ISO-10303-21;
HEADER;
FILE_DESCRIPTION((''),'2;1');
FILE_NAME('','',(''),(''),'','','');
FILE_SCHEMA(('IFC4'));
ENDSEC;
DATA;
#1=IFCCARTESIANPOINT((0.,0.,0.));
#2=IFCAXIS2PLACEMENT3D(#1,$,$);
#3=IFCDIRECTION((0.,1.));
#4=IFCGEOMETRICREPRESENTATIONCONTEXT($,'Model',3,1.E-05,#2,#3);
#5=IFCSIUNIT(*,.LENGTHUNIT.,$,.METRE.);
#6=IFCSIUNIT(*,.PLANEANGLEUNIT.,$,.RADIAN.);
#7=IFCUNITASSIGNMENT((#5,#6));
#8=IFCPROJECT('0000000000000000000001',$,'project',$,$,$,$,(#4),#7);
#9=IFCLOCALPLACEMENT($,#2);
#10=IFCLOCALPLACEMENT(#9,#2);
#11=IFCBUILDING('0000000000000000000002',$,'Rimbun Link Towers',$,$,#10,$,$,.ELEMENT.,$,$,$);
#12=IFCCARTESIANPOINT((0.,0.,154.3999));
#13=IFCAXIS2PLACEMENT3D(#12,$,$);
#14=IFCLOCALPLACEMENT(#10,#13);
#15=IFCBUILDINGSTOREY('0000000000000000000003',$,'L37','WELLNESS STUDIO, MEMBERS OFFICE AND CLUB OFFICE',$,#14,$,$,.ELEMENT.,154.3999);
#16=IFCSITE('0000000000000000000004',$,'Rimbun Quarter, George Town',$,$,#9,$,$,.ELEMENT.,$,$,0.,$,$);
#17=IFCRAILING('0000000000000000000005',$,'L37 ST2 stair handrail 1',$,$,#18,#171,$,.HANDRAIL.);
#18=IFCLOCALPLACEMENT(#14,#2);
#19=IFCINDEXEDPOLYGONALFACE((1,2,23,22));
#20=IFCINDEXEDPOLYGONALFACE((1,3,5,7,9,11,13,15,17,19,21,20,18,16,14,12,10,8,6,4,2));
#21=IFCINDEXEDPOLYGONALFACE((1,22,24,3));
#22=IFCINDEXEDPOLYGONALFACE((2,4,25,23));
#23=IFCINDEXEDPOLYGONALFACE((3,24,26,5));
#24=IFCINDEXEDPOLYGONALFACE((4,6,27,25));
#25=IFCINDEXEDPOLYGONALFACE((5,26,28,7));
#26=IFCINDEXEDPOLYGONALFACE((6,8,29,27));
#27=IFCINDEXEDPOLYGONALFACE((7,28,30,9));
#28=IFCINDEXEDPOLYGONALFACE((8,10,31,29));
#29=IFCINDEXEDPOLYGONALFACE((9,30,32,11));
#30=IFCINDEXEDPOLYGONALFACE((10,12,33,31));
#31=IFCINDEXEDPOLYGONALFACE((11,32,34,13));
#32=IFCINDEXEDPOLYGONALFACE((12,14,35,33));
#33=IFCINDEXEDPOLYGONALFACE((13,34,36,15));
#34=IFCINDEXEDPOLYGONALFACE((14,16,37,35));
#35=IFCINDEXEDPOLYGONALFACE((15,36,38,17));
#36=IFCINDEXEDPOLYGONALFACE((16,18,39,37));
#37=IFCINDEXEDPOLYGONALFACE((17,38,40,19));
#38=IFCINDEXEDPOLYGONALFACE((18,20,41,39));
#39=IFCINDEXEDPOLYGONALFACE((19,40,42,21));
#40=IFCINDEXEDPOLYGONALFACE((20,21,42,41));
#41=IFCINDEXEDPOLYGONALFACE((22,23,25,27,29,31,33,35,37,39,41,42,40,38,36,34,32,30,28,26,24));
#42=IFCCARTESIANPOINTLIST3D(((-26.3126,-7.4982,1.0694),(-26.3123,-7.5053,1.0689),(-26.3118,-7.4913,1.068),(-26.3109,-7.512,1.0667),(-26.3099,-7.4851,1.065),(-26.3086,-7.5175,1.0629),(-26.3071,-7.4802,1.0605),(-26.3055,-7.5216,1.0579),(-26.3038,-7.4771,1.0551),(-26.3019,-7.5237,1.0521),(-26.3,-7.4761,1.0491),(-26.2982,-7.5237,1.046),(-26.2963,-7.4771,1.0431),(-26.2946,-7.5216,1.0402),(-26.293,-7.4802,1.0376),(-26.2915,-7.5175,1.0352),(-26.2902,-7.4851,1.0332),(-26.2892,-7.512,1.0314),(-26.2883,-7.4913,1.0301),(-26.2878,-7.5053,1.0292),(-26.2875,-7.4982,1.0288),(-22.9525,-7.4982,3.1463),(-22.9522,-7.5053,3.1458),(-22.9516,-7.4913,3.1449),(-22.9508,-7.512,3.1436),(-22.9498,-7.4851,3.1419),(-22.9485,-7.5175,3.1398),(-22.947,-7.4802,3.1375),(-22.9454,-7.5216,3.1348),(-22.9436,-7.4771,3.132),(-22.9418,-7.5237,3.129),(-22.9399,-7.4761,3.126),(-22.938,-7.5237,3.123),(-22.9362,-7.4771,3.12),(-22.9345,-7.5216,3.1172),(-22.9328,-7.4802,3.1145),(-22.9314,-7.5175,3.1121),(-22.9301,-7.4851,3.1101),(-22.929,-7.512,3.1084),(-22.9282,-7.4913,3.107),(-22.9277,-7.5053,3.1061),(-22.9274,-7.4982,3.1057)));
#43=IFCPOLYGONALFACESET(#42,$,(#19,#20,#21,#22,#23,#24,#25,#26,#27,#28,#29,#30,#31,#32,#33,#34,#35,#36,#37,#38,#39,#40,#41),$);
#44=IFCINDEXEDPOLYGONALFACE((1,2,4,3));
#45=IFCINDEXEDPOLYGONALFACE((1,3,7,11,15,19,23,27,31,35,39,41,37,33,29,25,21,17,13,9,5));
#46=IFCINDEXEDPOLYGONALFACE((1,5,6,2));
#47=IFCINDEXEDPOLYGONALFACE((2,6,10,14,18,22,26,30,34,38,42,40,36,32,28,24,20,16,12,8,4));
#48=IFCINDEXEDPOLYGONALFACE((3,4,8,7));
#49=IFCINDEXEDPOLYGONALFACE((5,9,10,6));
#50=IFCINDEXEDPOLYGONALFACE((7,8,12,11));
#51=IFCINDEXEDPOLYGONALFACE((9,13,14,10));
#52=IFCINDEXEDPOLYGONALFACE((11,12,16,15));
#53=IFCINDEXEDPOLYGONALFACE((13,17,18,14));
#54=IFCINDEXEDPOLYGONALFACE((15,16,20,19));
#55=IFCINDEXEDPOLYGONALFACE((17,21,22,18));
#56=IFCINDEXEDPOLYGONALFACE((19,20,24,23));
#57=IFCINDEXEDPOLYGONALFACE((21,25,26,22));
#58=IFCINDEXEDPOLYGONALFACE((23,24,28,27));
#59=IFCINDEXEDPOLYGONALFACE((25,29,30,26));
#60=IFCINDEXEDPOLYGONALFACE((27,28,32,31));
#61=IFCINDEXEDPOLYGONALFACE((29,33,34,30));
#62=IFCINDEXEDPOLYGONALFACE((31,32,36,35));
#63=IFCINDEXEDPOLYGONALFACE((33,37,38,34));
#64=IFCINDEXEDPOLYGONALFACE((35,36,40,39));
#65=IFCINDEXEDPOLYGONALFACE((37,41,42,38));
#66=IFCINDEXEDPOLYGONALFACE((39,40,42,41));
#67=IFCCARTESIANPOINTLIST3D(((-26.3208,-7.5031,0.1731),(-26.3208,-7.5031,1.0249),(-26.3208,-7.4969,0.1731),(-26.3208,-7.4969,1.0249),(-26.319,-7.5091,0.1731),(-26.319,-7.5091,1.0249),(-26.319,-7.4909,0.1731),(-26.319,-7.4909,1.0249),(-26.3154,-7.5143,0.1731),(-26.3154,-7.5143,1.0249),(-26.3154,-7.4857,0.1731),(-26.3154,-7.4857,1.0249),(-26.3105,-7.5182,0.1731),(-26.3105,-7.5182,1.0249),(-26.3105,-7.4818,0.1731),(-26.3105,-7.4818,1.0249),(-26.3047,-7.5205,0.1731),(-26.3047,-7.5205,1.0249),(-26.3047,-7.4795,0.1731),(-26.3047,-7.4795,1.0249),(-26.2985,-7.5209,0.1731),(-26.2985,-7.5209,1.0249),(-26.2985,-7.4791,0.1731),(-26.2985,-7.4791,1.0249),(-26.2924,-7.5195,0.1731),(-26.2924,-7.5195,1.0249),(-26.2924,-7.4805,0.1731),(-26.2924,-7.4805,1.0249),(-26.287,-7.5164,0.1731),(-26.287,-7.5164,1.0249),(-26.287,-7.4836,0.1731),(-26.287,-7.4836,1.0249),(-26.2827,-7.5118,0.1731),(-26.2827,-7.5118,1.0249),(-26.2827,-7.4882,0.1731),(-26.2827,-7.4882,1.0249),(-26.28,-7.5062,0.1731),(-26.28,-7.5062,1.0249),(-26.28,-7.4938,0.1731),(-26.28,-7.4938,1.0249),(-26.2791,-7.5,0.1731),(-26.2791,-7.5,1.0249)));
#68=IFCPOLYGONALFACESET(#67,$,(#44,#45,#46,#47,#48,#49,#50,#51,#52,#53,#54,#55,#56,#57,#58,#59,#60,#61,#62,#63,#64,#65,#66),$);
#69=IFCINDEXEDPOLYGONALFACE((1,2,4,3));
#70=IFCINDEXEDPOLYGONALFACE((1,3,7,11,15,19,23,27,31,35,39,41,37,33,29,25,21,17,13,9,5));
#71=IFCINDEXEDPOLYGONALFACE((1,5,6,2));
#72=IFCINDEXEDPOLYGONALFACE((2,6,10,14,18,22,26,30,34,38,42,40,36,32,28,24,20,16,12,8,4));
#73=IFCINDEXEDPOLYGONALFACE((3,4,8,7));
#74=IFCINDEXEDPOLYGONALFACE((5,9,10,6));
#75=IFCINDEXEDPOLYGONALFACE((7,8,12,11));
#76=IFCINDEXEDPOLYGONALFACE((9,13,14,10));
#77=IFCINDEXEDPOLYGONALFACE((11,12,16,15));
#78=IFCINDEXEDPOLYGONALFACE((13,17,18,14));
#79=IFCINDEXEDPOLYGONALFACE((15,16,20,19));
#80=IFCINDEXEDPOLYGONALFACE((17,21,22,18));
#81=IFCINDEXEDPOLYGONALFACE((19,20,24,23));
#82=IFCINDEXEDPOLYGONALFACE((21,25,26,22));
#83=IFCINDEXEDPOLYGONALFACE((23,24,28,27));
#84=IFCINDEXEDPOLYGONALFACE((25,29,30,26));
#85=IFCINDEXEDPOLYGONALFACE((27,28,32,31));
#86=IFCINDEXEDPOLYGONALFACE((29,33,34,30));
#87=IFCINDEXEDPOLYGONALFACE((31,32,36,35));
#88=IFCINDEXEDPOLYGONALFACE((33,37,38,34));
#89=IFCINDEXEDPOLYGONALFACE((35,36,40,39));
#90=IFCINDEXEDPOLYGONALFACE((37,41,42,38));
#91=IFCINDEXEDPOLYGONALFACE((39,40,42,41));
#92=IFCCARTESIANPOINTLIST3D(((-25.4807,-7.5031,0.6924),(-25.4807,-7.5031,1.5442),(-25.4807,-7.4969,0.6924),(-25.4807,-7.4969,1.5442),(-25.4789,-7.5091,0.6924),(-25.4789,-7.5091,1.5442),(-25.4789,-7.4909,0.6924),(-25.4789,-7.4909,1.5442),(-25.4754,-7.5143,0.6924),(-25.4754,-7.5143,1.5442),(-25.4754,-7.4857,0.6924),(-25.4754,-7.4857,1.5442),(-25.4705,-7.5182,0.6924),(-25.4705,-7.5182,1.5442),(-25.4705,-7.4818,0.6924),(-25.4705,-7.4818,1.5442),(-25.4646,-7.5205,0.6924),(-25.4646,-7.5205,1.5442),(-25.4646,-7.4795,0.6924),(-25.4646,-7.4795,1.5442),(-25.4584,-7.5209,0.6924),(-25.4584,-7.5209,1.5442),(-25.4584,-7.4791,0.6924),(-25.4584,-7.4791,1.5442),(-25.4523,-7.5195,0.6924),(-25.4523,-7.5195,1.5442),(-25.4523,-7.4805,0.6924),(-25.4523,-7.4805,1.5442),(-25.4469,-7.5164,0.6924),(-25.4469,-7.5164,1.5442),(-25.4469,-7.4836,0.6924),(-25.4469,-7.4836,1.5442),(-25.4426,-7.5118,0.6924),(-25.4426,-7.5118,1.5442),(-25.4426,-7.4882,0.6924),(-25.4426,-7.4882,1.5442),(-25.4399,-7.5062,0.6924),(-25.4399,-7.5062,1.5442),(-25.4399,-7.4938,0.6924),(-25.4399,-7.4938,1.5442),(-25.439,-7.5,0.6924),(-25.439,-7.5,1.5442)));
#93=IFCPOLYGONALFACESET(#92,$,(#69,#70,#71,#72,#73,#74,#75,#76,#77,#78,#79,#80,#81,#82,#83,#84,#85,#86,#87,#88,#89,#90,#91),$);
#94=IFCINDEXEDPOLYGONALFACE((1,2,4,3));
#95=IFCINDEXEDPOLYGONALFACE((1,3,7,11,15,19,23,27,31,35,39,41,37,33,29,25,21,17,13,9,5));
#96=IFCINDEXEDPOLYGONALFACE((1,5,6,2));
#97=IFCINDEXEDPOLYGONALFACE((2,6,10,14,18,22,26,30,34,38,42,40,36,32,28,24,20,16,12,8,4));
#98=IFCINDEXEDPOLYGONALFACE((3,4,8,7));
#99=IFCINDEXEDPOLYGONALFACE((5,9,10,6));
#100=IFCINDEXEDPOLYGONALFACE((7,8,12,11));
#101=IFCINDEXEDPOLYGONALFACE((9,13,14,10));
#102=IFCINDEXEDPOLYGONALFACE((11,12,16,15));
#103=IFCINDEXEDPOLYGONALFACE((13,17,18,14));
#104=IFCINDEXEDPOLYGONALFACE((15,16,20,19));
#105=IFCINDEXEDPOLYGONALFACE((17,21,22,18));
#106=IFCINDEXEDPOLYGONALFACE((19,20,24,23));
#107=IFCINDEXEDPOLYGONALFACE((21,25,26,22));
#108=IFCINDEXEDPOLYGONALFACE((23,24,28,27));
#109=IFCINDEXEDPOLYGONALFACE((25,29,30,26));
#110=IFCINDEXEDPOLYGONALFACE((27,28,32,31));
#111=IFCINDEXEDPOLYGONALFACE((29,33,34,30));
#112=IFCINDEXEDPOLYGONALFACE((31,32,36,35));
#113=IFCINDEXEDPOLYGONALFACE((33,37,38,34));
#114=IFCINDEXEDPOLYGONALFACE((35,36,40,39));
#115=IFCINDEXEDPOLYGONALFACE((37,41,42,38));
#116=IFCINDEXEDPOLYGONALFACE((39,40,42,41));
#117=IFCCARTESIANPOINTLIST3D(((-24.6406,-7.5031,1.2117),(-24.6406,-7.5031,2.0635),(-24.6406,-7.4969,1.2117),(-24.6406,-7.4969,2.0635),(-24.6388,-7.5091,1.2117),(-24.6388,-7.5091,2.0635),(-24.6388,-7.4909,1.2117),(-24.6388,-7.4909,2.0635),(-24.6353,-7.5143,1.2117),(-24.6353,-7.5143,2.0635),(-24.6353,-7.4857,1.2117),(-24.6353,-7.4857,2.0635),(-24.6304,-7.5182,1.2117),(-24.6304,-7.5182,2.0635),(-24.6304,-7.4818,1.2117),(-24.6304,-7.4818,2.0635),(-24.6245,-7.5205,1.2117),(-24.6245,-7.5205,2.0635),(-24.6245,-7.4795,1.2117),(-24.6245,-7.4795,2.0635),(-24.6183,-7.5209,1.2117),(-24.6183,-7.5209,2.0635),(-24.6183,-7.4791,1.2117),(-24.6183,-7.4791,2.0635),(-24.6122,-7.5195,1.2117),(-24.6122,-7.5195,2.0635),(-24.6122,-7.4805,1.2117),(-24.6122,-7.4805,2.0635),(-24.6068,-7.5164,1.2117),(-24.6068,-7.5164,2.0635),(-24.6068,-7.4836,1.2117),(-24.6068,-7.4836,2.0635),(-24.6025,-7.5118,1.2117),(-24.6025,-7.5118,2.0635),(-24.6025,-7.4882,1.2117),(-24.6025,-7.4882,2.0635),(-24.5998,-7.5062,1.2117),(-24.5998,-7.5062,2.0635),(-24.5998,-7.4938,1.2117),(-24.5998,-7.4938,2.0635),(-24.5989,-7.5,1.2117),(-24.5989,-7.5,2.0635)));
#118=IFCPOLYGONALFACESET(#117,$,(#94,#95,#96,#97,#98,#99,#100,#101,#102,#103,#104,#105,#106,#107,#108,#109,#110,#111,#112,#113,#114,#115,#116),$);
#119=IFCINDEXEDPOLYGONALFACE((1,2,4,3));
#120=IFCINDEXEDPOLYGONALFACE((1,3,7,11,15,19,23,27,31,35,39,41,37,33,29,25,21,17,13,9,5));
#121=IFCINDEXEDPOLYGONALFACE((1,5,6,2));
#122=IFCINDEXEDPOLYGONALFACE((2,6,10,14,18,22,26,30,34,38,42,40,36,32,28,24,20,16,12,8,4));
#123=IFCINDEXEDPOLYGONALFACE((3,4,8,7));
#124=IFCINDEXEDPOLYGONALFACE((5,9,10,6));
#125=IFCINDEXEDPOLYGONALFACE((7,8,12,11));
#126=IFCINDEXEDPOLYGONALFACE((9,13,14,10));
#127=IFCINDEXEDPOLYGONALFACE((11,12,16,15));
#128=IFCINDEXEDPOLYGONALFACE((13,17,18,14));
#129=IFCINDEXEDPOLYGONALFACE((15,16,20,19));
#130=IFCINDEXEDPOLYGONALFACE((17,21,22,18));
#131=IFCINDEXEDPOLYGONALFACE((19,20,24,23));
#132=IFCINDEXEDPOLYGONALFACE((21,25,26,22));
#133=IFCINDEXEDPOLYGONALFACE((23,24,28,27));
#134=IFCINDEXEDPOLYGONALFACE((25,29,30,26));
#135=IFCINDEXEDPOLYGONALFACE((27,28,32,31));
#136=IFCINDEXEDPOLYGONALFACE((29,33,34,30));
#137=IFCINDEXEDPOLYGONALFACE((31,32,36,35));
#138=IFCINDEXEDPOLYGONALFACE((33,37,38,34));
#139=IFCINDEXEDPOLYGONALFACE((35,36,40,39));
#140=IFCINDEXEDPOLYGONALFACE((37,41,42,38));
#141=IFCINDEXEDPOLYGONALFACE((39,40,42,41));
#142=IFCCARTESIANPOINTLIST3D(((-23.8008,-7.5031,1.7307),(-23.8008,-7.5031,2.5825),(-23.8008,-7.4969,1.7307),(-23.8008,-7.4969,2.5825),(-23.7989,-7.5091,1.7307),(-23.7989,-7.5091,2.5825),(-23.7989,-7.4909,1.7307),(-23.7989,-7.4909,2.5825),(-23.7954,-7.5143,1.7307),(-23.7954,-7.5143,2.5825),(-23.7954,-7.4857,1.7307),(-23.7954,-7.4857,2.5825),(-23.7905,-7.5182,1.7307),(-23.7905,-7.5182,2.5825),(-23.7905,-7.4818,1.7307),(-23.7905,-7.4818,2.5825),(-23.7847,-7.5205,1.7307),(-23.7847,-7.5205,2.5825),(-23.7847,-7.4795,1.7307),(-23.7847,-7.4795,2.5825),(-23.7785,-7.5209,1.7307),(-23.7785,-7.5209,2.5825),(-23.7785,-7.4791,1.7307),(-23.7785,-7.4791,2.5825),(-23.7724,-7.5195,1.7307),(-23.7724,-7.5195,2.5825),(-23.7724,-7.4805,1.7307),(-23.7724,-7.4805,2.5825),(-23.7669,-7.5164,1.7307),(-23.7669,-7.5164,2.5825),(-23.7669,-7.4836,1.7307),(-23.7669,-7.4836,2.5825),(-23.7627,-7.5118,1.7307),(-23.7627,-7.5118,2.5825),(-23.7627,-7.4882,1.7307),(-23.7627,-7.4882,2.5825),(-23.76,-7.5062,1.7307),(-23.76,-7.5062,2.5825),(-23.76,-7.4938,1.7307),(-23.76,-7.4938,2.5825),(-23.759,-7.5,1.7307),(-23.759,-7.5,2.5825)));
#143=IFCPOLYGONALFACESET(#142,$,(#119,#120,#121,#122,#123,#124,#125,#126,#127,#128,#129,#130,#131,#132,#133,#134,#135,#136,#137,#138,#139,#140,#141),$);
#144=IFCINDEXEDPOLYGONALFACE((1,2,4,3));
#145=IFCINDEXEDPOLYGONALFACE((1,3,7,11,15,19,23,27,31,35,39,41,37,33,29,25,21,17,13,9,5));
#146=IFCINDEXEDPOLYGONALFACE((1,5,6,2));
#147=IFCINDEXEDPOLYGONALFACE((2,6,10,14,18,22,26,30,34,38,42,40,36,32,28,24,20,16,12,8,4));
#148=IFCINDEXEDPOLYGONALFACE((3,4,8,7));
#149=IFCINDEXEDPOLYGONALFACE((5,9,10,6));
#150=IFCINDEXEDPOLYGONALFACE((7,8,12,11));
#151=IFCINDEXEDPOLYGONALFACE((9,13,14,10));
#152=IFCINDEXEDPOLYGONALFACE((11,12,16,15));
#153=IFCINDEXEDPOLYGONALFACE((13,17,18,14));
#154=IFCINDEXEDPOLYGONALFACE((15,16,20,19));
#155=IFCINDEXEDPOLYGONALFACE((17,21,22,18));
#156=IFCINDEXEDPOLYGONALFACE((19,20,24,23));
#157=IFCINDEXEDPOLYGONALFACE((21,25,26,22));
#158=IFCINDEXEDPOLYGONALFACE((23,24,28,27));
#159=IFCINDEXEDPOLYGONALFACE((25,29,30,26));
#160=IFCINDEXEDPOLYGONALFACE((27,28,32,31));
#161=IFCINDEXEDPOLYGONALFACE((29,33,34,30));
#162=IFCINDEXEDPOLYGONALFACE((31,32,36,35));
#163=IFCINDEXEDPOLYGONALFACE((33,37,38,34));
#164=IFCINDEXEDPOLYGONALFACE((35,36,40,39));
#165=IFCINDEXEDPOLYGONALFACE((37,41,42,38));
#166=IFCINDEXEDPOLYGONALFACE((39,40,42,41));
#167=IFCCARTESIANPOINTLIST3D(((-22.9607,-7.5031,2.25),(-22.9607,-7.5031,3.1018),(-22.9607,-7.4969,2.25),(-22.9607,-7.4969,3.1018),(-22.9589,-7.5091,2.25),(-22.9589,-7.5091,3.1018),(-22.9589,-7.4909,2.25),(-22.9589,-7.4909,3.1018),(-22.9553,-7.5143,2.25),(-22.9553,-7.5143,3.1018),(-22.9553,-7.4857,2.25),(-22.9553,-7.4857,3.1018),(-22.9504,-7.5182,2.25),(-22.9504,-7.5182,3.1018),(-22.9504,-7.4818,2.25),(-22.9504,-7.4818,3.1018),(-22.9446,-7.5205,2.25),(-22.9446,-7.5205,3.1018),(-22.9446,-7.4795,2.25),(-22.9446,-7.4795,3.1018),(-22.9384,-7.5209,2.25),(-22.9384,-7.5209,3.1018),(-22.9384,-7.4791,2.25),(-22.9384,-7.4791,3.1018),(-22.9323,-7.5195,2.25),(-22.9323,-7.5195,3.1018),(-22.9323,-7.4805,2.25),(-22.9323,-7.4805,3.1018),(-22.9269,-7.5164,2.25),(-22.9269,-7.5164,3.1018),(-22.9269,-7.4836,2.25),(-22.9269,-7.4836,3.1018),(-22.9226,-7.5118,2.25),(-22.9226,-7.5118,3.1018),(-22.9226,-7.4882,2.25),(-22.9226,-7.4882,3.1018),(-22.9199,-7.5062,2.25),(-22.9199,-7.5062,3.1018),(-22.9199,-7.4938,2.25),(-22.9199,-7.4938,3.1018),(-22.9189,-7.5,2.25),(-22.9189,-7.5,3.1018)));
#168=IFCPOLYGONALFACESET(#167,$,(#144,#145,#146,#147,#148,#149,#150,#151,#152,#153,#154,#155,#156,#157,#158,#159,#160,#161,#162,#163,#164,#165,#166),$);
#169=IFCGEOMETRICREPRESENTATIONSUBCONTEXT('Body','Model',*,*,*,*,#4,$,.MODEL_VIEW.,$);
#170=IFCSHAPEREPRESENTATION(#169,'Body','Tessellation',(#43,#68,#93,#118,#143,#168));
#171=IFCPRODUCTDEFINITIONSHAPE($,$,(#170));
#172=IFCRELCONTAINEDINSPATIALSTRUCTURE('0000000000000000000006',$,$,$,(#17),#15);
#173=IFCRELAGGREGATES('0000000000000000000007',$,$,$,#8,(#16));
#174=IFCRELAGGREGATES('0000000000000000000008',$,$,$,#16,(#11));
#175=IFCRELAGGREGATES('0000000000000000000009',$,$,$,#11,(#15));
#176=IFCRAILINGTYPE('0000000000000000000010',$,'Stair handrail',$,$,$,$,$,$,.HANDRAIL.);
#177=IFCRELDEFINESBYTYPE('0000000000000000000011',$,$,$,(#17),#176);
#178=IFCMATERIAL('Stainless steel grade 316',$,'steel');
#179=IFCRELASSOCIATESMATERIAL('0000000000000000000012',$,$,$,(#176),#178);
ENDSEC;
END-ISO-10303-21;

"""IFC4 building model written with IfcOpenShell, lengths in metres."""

from ifc_helpers import new_model, si_unit, direction, frame, origin, origin_2d, place, context, subcontext, project, spatial, circle, extrude, material, type_object, element, save


model = new_model("IFC4")

# Units and contexts
model_context = context("Model", 3, precision=1e-05, world=origin(), true_north=direction((0.0, 1.0)))
body_context = subcontext(model_context, "Body", "Model", "MODEL_VIEW")
ifc_project = project(units=[si_unit("LENGTHUNIT", "METRE"), si_unit("PLANEANGLEUNIT", "RADIAN")], contexts=[model_context])

# Site, building, storey
site_placement = place(None, origin())
site = spatial("IfcSite", under=ifc_project, at=site_placement, Name="Rimbun Quarter, George Town", CompositionType="ELEMENT", RefElevation=0.0)
building_placement = place(site_placement, origin())
building = spatial("IfcBuilding", under=site, at=building_placement, Name="Rimbun Link Towers", CompositionType="ELEMENT")
storey_placement = place(building_placement, frame((0.0, 0.0, 154.3999)))
storey = spatial("IfcBuildingStorey", under=building, at=storey_placement, Name="L37", Description="WELLNESS STUDIO, MEMBERS OFFICE AND CLUB OFFICE", CompositionType="ELEMENT", Elevation=154.3999)

# Railing
ifc_material_1 = material(Name="Stainless steel grade 316", Category="steel")
railing_type_1 = type_object("IfcRailingType", Name="Stair handrail", PredefinedType="HANDRAIL", material=ifc_material_1)
railing_1_placement = place(storey_placement, frame((-26.3, -7.5, 0.1731)))
element("IfcRailing", 1, at=railing_1_placement, inside=storey, type_object=railing_type_1, Name="L37 ST2 stair handrail 1", PredefinedType="HANDRAIL", context=body_context, shape_type="SweptSolid", body=[
    extrude(circle(Radius=0.0239, at=origin_2d()), frame((0.0, 0.0, 0.876), z_axis=(0.850623, 0.0, 0.525776), x_axis=(0.0, 1.0, 0.0)), (0.0, 0.0, 1.0), 3.9502),
    extrude(circle(Radius=0.021, at=origin_2d()), origin(), (0.0, 0.0, 1.0), 0.8518),
    extrude(circle(Radius=0.021, at=origin_2d()), frame((0.8401, 0.0, 0.5193)), (0.0, 0.0, 1.0), 0.8518),
    extrude(circle(Radius=0.021, at=origin_2d()), frame((1.6802, 0.0, 1.0386)), (0.0, 0.0, 1.0), 0.8518),
    extrude(circle(Radius=0.021, at=origin_2d()), frame((2.52, 0.0, 1.5576)), (0.0, 0.0, 1.0), 0.8518),
    extrude(circle(Radius=0.021, at=origin_2d()), frame((3.3601, 0.0, 2.0769)), (0.0, 0.0, 1.0), 0.8518),
])

save(model, "model.ifc")
